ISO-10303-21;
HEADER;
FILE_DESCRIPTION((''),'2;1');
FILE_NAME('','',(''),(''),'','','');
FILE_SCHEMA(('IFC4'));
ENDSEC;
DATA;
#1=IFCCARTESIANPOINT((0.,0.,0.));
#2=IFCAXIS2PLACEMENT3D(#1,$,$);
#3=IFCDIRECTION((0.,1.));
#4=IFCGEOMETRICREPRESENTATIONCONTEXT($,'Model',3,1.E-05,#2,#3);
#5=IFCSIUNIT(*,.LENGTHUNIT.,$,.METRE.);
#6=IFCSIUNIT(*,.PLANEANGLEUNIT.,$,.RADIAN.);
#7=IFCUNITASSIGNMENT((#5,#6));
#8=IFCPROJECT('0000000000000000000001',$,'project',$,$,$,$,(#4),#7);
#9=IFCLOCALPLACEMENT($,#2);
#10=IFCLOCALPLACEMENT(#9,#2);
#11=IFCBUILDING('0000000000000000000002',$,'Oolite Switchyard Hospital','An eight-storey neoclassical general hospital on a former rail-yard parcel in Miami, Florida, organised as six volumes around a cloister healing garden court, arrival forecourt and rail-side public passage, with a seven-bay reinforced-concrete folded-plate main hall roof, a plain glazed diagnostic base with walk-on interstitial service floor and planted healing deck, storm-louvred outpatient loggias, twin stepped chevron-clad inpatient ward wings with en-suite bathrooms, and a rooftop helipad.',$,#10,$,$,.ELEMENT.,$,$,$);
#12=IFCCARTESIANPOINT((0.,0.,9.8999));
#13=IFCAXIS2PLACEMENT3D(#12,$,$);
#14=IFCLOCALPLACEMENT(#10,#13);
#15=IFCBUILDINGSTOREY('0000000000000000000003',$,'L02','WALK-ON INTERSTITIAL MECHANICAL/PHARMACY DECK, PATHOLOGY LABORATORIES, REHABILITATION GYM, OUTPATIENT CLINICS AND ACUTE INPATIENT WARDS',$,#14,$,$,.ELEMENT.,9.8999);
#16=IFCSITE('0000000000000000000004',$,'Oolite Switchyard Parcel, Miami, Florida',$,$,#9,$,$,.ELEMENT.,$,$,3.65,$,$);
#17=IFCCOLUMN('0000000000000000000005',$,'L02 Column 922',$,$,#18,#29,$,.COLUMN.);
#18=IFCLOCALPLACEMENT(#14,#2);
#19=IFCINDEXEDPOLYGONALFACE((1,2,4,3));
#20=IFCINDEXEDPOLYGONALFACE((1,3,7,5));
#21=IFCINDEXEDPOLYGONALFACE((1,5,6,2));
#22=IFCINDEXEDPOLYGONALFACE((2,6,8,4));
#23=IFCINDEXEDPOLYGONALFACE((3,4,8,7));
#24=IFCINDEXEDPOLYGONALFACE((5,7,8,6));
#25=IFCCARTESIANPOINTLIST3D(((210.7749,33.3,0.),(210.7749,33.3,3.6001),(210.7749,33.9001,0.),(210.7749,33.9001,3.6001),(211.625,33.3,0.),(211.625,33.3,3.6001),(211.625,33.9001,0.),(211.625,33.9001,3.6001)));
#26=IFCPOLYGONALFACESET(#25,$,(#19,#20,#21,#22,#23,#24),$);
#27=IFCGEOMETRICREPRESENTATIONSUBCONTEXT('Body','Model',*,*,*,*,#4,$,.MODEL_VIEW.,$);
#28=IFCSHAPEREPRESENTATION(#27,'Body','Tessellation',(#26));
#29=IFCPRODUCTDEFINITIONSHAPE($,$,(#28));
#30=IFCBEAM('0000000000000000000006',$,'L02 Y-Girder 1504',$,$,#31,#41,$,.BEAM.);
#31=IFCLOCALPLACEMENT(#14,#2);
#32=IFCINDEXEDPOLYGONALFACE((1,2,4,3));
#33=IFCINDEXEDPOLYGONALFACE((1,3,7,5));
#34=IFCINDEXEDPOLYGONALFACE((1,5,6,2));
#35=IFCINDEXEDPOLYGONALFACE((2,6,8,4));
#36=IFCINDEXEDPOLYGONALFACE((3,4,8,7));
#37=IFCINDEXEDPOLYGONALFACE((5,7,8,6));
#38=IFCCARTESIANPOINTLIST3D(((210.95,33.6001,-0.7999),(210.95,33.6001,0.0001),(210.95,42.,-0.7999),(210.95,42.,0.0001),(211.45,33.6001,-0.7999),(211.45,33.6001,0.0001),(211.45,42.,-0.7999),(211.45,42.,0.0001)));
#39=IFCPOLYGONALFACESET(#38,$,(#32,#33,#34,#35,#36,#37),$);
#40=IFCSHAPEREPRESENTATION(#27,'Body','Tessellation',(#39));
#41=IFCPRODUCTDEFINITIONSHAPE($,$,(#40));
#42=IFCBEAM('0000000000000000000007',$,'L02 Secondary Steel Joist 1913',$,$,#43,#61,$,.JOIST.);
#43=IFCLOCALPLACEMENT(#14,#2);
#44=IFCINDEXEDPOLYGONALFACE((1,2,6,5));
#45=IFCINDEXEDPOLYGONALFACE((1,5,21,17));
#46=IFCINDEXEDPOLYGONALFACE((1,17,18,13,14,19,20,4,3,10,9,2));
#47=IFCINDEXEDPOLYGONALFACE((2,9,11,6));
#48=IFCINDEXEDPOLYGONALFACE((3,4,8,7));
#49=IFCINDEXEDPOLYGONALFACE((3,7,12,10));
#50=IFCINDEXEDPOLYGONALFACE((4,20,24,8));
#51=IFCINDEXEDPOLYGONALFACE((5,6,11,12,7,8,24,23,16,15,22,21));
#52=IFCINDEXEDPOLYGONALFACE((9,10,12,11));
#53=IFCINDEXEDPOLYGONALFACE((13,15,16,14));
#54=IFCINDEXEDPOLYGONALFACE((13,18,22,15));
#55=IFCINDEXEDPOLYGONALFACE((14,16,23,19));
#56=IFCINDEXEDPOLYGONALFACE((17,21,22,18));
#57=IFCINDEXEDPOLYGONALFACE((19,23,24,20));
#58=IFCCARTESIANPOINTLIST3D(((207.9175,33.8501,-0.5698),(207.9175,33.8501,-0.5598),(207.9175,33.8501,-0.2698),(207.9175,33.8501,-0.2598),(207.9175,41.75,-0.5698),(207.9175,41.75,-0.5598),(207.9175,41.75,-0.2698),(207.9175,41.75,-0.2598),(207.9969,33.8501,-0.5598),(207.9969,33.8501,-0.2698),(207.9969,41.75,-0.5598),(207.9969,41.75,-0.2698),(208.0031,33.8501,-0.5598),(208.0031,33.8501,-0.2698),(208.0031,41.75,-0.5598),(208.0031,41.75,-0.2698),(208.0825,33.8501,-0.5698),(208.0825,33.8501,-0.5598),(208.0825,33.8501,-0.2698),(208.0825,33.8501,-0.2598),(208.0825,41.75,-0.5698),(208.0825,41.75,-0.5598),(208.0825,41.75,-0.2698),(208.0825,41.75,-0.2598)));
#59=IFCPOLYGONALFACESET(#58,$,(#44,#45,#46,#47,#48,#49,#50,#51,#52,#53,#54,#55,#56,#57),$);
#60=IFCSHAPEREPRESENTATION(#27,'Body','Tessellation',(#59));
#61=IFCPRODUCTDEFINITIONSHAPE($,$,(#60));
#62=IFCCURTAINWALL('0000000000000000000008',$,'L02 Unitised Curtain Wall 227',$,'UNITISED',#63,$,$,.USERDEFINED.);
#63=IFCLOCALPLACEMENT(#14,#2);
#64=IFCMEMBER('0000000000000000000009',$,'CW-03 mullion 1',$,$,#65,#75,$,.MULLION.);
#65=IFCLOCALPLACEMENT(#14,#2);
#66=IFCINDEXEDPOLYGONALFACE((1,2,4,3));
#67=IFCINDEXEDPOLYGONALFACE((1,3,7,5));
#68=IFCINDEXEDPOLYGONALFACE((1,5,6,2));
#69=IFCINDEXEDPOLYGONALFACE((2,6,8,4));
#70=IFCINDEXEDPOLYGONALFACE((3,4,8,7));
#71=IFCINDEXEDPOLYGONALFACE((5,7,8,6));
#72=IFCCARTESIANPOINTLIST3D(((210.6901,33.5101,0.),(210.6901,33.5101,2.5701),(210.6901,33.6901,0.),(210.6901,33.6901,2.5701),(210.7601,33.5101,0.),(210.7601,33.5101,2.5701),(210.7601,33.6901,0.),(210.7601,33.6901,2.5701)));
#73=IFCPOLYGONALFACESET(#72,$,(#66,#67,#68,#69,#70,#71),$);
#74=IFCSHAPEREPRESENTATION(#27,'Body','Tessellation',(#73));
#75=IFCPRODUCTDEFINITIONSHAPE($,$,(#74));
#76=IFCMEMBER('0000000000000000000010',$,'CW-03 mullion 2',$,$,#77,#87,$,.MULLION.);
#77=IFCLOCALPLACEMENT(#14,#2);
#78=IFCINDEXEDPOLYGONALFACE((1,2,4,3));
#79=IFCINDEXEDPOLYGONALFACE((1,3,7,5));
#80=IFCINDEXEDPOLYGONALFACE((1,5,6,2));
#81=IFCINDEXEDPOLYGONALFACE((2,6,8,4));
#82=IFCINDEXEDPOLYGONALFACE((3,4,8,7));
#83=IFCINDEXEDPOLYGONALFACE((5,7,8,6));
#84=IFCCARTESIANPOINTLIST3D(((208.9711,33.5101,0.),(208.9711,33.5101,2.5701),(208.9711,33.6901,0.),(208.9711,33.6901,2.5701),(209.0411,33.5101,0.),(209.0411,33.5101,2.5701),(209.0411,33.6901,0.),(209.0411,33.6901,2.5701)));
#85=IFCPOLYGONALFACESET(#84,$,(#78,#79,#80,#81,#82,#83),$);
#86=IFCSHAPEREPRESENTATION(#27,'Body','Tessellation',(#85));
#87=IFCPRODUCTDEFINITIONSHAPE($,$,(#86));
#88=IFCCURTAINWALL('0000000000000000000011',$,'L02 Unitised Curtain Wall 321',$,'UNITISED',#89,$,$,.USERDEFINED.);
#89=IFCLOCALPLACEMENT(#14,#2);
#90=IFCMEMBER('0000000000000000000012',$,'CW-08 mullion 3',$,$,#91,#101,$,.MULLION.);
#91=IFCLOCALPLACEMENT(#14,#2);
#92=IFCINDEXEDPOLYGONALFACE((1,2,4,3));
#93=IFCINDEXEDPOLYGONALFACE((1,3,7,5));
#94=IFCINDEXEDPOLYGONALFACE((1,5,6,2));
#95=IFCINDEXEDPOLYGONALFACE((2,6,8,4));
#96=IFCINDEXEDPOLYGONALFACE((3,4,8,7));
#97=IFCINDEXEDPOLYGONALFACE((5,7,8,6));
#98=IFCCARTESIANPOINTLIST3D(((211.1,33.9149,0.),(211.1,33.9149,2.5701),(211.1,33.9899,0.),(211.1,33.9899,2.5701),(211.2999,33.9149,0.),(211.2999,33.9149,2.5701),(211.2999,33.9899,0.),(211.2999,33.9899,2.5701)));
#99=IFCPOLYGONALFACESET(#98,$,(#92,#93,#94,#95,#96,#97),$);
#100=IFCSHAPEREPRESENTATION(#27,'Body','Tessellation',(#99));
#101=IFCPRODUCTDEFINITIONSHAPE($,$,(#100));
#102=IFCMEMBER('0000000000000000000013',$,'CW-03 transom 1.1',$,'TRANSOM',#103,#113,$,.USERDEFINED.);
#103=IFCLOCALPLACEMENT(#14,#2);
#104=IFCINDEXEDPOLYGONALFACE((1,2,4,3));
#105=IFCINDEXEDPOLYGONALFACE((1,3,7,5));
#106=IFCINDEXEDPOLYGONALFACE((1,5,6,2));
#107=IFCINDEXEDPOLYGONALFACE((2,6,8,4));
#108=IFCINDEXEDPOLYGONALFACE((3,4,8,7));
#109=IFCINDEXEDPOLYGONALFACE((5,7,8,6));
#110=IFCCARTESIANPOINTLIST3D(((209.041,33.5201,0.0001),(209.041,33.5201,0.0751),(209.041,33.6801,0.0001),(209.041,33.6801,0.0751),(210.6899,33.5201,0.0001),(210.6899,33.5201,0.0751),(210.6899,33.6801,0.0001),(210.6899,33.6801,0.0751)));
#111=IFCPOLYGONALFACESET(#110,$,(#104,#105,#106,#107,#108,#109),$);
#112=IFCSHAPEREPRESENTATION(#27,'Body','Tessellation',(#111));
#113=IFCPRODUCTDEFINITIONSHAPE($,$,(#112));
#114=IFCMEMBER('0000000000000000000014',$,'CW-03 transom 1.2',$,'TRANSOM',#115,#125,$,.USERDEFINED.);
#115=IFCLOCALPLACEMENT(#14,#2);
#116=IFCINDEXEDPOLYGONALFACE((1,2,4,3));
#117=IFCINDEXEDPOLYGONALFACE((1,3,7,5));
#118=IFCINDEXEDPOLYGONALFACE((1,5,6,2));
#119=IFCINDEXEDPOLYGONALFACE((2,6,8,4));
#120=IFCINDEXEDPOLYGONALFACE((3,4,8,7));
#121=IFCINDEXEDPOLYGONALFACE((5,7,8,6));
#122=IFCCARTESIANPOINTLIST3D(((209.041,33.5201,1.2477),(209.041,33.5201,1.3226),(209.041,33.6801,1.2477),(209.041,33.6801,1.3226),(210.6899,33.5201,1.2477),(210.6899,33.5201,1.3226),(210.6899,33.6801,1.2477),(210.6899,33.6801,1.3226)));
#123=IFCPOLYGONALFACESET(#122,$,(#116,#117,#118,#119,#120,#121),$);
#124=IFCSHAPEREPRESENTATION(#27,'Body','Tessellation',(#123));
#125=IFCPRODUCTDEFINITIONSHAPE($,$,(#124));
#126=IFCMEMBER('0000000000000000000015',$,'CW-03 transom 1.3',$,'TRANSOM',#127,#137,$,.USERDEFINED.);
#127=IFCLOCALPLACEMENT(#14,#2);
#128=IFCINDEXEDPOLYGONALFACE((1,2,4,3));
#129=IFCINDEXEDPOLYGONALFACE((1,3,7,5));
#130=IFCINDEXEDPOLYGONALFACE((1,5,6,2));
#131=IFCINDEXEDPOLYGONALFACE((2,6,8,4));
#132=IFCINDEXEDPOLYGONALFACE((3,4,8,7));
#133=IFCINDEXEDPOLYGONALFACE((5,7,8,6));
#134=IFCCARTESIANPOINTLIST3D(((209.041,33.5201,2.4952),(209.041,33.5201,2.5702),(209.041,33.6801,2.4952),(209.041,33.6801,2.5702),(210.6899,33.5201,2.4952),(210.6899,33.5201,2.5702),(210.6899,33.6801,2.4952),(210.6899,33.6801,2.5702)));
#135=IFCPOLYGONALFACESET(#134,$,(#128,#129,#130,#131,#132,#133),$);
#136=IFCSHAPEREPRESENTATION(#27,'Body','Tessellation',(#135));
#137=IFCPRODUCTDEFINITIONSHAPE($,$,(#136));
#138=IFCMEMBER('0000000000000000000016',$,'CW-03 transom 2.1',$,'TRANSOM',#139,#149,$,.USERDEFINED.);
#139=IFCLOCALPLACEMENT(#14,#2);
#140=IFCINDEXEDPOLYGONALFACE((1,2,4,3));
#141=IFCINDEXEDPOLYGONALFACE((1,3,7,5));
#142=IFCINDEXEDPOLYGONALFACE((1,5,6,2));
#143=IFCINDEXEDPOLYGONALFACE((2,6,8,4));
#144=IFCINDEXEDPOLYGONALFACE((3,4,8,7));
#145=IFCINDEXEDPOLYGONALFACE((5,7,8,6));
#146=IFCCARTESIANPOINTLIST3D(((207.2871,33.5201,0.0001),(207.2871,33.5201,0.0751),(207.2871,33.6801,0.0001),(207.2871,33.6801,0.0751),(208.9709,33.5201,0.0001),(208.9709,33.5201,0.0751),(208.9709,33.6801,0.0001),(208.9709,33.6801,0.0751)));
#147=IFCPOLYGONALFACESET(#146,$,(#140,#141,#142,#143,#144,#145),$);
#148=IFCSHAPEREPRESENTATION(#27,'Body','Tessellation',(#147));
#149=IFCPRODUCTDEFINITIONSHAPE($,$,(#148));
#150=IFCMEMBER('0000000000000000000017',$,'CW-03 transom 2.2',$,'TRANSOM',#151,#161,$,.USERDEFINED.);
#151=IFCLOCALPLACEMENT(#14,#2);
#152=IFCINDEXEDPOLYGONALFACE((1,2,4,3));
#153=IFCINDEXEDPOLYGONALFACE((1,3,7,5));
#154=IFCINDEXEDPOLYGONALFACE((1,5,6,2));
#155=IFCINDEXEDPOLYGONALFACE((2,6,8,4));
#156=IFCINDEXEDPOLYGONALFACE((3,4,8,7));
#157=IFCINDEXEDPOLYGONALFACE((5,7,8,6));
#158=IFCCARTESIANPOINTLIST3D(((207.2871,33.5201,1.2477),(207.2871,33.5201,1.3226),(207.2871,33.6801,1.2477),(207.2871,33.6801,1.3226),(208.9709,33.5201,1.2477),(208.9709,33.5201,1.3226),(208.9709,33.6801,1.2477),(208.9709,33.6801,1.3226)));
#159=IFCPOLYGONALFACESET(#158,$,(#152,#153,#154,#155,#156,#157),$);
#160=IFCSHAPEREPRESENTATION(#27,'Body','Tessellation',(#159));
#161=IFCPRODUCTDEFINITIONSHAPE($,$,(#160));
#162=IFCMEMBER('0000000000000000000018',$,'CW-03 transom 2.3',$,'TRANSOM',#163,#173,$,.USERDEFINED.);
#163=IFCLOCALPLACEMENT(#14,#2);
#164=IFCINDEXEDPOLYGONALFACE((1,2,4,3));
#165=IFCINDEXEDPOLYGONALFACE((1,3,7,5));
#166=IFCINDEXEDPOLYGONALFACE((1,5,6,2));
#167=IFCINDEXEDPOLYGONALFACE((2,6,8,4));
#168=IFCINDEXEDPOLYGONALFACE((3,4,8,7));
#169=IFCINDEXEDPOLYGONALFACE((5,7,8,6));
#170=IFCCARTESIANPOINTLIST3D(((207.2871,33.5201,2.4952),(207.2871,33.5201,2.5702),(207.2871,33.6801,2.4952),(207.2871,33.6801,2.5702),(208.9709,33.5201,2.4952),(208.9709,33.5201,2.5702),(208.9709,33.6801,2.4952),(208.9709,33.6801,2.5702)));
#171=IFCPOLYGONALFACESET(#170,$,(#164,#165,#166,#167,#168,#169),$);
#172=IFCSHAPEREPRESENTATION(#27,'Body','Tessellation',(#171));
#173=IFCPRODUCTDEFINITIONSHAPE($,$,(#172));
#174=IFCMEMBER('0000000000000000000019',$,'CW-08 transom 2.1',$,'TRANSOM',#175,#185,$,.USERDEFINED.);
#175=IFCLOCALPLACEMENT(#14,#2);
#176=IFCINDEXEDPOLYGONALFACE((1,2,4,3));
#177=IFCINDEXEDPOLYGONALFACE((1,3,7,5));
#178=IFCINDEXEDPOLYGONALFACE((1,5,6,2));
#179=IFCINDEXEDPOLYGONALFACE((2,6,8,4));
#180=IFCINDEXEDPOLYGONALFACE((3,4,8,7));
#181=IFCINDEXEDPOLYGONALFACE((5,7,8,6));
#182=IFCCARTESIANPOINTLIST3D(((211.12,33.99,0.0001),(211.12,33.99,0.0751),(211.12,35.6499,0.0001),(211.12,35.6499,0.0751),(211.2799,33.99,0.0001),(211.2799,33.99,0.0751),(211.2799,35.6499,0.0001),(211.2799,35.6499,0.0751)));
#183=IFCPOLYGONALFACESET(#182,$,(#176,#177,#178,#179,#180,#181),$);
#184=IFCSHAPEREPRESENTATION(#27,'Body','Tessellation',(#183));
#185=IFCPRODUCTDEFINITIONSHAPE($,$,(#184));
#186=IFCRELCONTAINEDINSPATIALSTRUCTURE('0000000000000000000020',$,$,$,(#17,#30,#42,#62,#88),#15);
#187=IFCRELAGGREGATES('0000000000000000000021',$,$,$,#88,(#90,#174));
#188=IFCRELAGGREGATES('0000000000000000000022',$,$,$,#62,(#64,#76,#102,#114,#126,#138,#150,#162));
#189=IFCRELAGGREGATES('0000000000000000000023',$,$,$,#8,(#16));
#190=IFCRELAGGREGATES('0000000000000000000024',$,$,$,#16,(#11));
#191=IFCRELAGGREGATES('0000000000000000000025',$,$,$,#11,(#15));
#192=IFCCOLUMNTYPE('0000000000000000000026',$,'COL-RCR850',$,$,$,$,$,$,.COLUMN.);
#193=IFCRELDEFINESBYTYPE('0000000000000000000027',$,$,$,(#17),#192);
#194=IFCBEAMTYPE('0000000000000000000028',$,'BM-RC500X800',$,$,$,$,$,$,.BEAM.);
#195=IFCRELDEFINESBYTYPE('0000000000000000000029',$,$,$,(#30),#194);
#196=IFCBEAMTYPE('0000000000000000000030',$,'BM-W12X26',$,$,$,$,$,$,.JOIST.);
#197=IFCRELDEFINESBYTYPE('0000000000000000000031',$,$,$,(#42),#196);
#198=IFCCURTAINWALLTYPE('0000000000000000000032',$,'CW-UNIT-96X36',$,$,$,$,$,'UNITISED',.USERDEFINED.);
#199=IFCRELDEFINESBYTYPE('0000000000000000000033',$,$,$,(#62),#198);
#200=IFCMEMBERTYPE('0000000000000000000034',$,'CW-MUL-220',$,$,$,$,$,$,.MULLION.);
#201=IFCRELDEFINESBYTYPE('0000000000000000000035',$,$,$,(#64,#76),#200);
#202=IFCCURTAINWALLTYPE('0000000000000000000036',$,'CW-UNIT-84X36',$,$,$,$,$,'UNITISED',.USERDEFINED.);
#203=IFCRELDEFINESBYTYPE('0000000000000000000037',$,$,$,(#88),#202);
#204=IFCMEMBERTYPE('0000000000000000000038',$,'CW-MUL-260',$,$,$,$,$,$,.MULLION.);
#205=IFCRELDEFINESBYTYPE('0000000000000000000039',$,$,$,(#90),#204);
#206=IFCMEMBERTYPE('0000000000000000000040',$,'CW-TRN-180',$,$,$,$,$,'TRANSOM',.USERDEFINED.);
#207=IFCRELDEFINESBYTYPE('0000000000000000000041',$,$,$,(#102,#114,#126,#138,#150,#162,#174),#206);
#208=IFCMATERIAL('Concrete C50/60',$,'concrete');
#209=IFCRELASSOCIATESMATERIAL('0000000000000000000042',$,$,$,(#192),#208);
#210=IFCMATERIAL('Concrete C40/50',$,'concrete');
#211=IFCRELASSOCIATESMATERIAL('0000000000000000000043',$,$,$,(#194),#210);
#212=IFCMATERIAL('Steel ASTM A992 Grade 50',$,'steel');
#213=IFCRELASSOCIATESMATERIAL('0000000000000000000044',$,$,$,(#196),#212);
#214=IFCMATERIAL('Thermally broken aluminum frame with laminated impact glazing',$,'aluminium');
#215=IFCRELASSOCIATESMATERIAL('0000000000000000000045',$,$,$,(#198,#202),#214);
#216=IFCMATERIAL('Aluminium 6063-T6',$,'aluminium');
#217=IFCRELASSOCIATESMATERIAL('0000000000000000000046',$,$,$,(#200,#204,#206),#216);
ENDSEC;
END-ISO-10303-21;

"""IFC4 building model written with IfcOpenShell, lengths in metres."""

from ifc_helpers import new_model, si_unit, direction, frame, origin, origin_2d, place, context, subcontext, project, spatial, rectangle, i_section, extrude, material, material_profile, profile_set, type_object, element, aggregate, save


model = new_model("IFC4")

# Units and contexts
model_context = context("Model", 3, precision=1e-05, world=origin(), true_north=direction((0.0, 1.0)))
body_context = subcontext(model_context, "Body", "Model", "MODEL_VIEW")
ifc_project = project(units=[si_unit("LENGTHUNIT", "METRE"), si_unit("PLANEANGLEUNIT", "RADIAN")], contexts=[model_context])

# Site, building, storey
site_placement = place(None, origin())
site = spatial("IfcSite", under=ifc_project, at=site_placement, Name="Oolite Switchyard Parcel, Miami, Florida", CompositionType="ELEMENT", RefElevation=3.65)
building_placement = place(site_placement, origin())
building = spatial("IfcBuilding", under=site, at=building_placement, Name="Oolite Switchyard Hospital", Description="An eight-storey neoclassical general hospital on a former rail-yard parcel in Miami, Florida, organised as six volumes around a cloister healing garden court, arrival forecourt and rail-side public passage, with a seven-bay reinforced-concrete folded-plate main hall roof, a plain glazed diagnostic base with walk-on interstitial service floor and planted healing deck, storm-louvred outpatient loggias, twin stepped chevron-clad inpatient ward wings with en-suite bathrooms, and a rooftop helipad.", CompositionType="ELEMENT")
storey_placement = place(building_placement, frame((0.0, 0.0, 9.8999)))
storey = spatial("IfcBuildingStorey", under=building, at=storey_placement, Name="L02", Description="WALK-ON INTERSTITIAL MECHANICAL/PHARMACY DECK, PATHOLOGY LABORATORIES, REHABILITATION GYM, OUTPATIENT CLINICS AND ACUTE INPATIENT WARDS", CompositionType="ELEMENT", Elevation=9.8999)

# Column
ifc_material_1 = material(Name="Concrete C50/60", Category="concrete")
ifc_material_profile_1 = material_profile(ifc_material_1, rectangle(XDim=0.8501, YDim=0.6001, at=origin_2d()), Name="RC850X600")
ifc_profile_set_1 = profile_set([ifc_material_profile_1], Name="Concrete C50/60")
column_type = type_object("IfcColumnType", Name="COL-RCR850", PredefinedType="COLUMN", material=ifc_profile_set_1)
column_placement = place(storey_placement, frame((211.2, 33.6001, 0.0), z_axis=(0.0, 0.0, 1.0), x_axis=(1.0, 0.0, 0.0)))
element("IfcColumn", 1, at=column_placement, inside=storey, type_object=column_type, Name="L02 Column 922", PredefinedType="COLUMN", context=body_context, shape_type="SweptSolid", body=[
    extrude(rectangle(XDim=0.8501, YDim=0.6001, at=origin_2d()), origin(), (0.0, 0.0, 1.0), 3.6001),
])

# Beams
ifc_material_2 = material(Name="Concrete C40/50", Category="concrete")
ifc_material_profile_2 = material_profile(ifc_material_2, rectangle(XDim=0.5, YDim=0.8, at=origin_2d()), Name="RCB500X800")
ifc_profile_set_2 = profile_set([ifc_material_profile_2], Name="Concrete C40/50")
beam_type_1 = type_object("IfcBeamType", Name="BM-RC500X800", PredefinedType="BEAM", material=ifc_profile_set_2)
beam_1_placement = place(storey_placement, frame((211.2, 33.6001, -0.3999), z_axis=(0.0, 1.0, 0.0), x_axis=(-1.0, 0.0, 0.0)))
element("IfcBeam", 2, at=beam_1_placement, inside=storey, type_object=beam_type_1, Name="L02 Y-Girder 1504", PredefinedType="BEAM", context=body_context, shape_type="SweptSolid", body=[
    extrude(rectangle(XDim=0.5, YDim=0.8, at=origin_2d()), origin(), (0.0, 0.0, 1.0), 8.3999),
])
ifc_material_3 = material(Name="Steel ASTM A992 Grade 50", Category="steel")
ifc_material_profile_3 = material_profile(ifc_material_3, i_section(OverallWidth=0.165, OverallDepth=0.3101, WebThickness=0.0061, FlangeThickness=0.01, at=origin_2d()), Name="W12X26")
ifc_profile_set_3 = profile_set([ifc_material_profile_3], Name="Steel ASTM A992 Grade 50")
beam_type_2 = type_object("IfcBeamType", Name="BM-W12X26", PredefinedType="JOIST", material=ifc_profile_set_3)
beam_2_placement = place(storey_placement, frame((208.0, 33.8501, -0.4148), z_axis=(0.0, 1.0, 0.0), x_axis=(-1.0, 0.0, 0.0)))
element("IfcBeam", 3, at=beam_2_placement, inside=storey, type_object=beam_type_2, Name="L02 Secondary Steel Joist 1913", PredefinedType="JOIST", context=body_context, shape_type="SweptSolid", body=[
    extrude(i_section(OverallWidth=0.165, OverallDepth=0.3101, WebThickness=0.0061, FlangeThickness=0.01, at=origin_2d()), origin(), (0.0, 0.0, 1.0), 7.8999),
])

# Curtain wall, members
ifc_material_4 = material(Name="Thermally broken aluminum frame with laminated impact glazing", Category="aluminium")
curtain_wall_type_1 = type_object("IfcCurtainWallType", Name="CW-UNIT-96X36", ElementType="UNITISED", PredefinedType="USERDEFINED", material=ifc_material_4)
curtain_wall_1_placement = place(storey_placement, origin())
curtain_wall_1 = element("IfcCurtainWall", 4, at=curtain_wall_1_placement, inside=storey, type_object=curtain_wall_type_1, Name="L02 Unitised Curtain Wall 227", ObjectType="UNITISED", PredefinedType="USERDEFINED")
ifc_material_5 = material(Name="Aluminium 6063-T6", Category="aluminium")
ifc_material_profile_4 = material_profile(ifc_material_5, rectangle(XDim=0.1799, YDim=0.0701, at=origin_2d()), Name="CWM70X180")
ifc_profile_set_4 = profile_set([ifc_material_profile_4], Name="Aluminium 6063-T6")
member_type_1 = type_object("IfcMemberType", Name="CW-MUL-220", PredefinedType="MULLION", material=ifc_profile_set_4)
member_1_placement = place(storey_placement, frame((210.7251, 33.6001, 0.0), z_axis=(0.0, 0.0, 1.0), x_axis=(0.0, -1.0, 0.0)))
member_1 = element("IfcMember", 5, at=member_1_placement, type_object=member_type_1, Name="CW-03 mullion 1", PredefinedType="MULLION", context=body_context, shape_type="SweptSolid", body=[
    extrude(rectangle(XDim=0.1799, YDim=0.0701, at=origin_2d()), origin(), (0.0, 0.0, 1.0), 2.5701),
])
member_2_placement = place(storey_placement, frame((209.0061, 33.6001, 0.0), z_axis=(0.0, 0.0, 1.0), x_axis=(0.0, -1.0, 0.0)))
member_2 = element("IfcMember", 6, at=member_2_placement, type_object=member_type_1, Name="CW-03 mullion 2", PredefinedType="MULLION", context=body_context, shape_type="SweptSolid", body=[
    extrude(rectangle(XDim=0.1799, YDim=0.0701, at=origin_2d()), origin(), (0.0, 0.0, 1.0), 2.5701),
])

# Curtain wall, member
curtain_wall_type_2 = type_object("IfcCurtainWallType", Name="CW-UNIT-84X36", ElementType="UNITISED", PredefinedType="USERDEFINED", material=ifc_material_4)
curtain_wall_2_placement = place(storey_placement, origin())
curtain_wall_2 = element("IfcCurtainWall", 7, at=curtain_wall_2_placement, inside=storey, type_object=curtain_wall_type_2, Name="L02 Unitised Curtain Wall 321", ObjectType="UNITISED", PredefinedType="USERDEFINED")
ifc_material_profile_5 = material_profile(ifc_material_5, rectangle(XDim=0.2, YDim=0.075, at=origin_2d()), Name="CWM75X200")
ifc_profile_set_5 = profile_set([ifc_material_profile_5], Name="Aluminium 6063-T6")
member_type_2 = type_object("IfcMemberType", Name="CW-MUL-260", PredefinedType="MULLION", material=ifc_profile_set_5)
member_3_placement = place(storey_placement, frame((211.2, 33.9524, 0.0), z_axis=(0.0, 0.0, 1.0), x_axis=(1.0, 0.0, 0.0)))
member_3 = element("IfcMember", 8, at=member_3_placement, type_object=member_type_2, Name="CW-08 mullion 3", PredefinedType="MULLION", context=body_context, shape_type="SweptSolid", body=[
    extrude(rectangle(XDim=0.2, YDim=0.075, at=origin_2d()), origin(), (0.0, 0.0, 1.0), 2.5701),
])

# Members
ifc_material_profile_6 = material_profile(ifc_material_5, rectangle(XDim=0.1599, YDim=0.075, at=origin_2d()), Name="CWT75X160")
ifc_profile_set_6 = profile_set([ifc_material_profile_6], Name="Aluminium 6063-T6")
member_type_3 = type_object("IfcMemberType", Name="CW-TRN-180", ElementType="TRANSOM", PredefinedType="USERDEFINED", material=ifc_profile_set_6)
member_4_placement = place(storey_placement, frame((210.6899, 33.6001, 0.0376), z_axis=(-1.0, 0.0, 0.0), x_axis=(0.0, -1.0, 0.0)))
member_4 = element("IfcMember", 9, at=member_4_placement, type_object=member_type_3, Name="CW-03 transom 1.1", ObjectType="TRANSOM", PredefinedType="USERDEFINED", context=body_context, shape_type="SweptSolid", body=[
    extrude(rectangle(XDim=0.1599, YDim=0.075, at=origin_2d()), origin(), (0.0, 0.0, 1.0), 1.6489),
])
member_5_placement = place(storey_placement, frame((210.6899, 33.6001, 1.2852), z_axis=(-1.0, 0.0, 0.0), x_axis=(0.0, -1.0, 0.0)))
member_5 = element("IfcMember", 10, at=member_5_placement, type_object=member_type_3, Name="CW-03 transom 1.2", ObjectType="TRANSOM", PredefinedType="USERDEFINED", context=body_context, shape_type="SweptSolid", body=[
    extrude(rectangle(XDim=0.1599, YDim=0.075, at=origin_2d()), origin(), (0.0, 0.0, 1.0), 1.6489),
])
member_6_placement = place(storey_placement, frame((210.6899, 33.6001, 2.5327), z_axis=(-1.0, 0.0, 0.0), x_axis=(0.0, -1.0, 0.0)))
member_6 = element("IfcMember", 11, at=member_6_placement, type_object=member_type_3, Name="CW-03 transom 1.3", ObjectType="TRANSOM", PredefinedType="USERDEFINED", context=body_context, shape_type="SweptSolid", body=[
    extrude(rectangle(XDim=0.1599, YDim=0.075, at=origin_2d()), origin(), (0.0, 0.0, 1.0), 1.6489),
])
member_7_placement = place(storey_placement, frame((208.9709, 33.6001, 0.0376), z_axis=(-1.0, 0.0, 0.0), x_axis=(0.0, -1.0, 0.0)))
member_7 = element("IfcMember", 12, at=member_7_placement, type_object=member_type_3, Name="CW-03 transom 2.1", ObjectType="TRANSOM", PredefinedType="USERDEFINED", context=body_context, shape_type="SweptSolid", body=[
    extrude(rectangle(XDim=0.1599, YDim=0.075, at=origin_2d()), origin(), (0.0, 0.0, 1.0), 1.6838),
])
member_8_placement = place(storey_placement, frame((208.9709, 33.6001, 1.2852), z_axis=(-1.0, 0.0, 0.0), x_axis=(0.0, -1.0, 0.0)))
member_8 = element("IfcMember", 13, at=member_8_placement, type_object=member_type_3, Name="CW-03 transom 2.2", ObjectType="TRANSOM", PredefinedType="USERDEFINED", context=body_context, shape_type="SweptSolid", body=[
    extrude(rectangle(XDim=0.1599, YDim=0.075, at=origin_2d()), origin(), (0.0, 0.0, 1.0), 1.6838),
])
member_9_placement = place(storey_placement, frame((208.9709, 33.6001, 2.5327), z_axis=(-1.0, 0.0, 0.0), x_axis=(0.0, -1.0, 0.0)))
member_9 = element("IfcMember", 14, at=member_9_placement, type_object=member_type_3, Name="CW-03 transom 2.3", ObjectType="TRANSOM", PredefinedType="USERDEFINED", context=body_context, shape_type="SweptSolid", body=[
    extrude(rectangle(XDim=0.1599, YDim=0.075, at=origin_2d()), origin(), (0.0, 0.0, 1.0), 1.6838),
])
member_10_placement = place(storey_placement, frame((211.2, 35.6499, 0.0376), z_axis=(0.0, -1.0, 0.0), x_axis=(1.0, 0.0, 0.0)))
member_10 = element("IfcMember", 15, at=member_10_placement, type_object=member_type_3, Name="CW-08 transom 2.1", ObjectType="TRANSOM", PredefinedType="USERDEFINED", context=body_context, shape_type="SweptSolid", body=[
    extrude(rectangle(XDim=0.1599, YDim=0.075, at=origin_2d()), origin(), (0.0, 0.0, 1.0), 1.6599),
])

aggregate(curtain_wall_2, [member_3, member_10])
aggregate(curtain_wall_1, [member_1, member_2, member_4, member_5, member_6, member_7, member_8, member_9])

save(model, "model.ifc")
